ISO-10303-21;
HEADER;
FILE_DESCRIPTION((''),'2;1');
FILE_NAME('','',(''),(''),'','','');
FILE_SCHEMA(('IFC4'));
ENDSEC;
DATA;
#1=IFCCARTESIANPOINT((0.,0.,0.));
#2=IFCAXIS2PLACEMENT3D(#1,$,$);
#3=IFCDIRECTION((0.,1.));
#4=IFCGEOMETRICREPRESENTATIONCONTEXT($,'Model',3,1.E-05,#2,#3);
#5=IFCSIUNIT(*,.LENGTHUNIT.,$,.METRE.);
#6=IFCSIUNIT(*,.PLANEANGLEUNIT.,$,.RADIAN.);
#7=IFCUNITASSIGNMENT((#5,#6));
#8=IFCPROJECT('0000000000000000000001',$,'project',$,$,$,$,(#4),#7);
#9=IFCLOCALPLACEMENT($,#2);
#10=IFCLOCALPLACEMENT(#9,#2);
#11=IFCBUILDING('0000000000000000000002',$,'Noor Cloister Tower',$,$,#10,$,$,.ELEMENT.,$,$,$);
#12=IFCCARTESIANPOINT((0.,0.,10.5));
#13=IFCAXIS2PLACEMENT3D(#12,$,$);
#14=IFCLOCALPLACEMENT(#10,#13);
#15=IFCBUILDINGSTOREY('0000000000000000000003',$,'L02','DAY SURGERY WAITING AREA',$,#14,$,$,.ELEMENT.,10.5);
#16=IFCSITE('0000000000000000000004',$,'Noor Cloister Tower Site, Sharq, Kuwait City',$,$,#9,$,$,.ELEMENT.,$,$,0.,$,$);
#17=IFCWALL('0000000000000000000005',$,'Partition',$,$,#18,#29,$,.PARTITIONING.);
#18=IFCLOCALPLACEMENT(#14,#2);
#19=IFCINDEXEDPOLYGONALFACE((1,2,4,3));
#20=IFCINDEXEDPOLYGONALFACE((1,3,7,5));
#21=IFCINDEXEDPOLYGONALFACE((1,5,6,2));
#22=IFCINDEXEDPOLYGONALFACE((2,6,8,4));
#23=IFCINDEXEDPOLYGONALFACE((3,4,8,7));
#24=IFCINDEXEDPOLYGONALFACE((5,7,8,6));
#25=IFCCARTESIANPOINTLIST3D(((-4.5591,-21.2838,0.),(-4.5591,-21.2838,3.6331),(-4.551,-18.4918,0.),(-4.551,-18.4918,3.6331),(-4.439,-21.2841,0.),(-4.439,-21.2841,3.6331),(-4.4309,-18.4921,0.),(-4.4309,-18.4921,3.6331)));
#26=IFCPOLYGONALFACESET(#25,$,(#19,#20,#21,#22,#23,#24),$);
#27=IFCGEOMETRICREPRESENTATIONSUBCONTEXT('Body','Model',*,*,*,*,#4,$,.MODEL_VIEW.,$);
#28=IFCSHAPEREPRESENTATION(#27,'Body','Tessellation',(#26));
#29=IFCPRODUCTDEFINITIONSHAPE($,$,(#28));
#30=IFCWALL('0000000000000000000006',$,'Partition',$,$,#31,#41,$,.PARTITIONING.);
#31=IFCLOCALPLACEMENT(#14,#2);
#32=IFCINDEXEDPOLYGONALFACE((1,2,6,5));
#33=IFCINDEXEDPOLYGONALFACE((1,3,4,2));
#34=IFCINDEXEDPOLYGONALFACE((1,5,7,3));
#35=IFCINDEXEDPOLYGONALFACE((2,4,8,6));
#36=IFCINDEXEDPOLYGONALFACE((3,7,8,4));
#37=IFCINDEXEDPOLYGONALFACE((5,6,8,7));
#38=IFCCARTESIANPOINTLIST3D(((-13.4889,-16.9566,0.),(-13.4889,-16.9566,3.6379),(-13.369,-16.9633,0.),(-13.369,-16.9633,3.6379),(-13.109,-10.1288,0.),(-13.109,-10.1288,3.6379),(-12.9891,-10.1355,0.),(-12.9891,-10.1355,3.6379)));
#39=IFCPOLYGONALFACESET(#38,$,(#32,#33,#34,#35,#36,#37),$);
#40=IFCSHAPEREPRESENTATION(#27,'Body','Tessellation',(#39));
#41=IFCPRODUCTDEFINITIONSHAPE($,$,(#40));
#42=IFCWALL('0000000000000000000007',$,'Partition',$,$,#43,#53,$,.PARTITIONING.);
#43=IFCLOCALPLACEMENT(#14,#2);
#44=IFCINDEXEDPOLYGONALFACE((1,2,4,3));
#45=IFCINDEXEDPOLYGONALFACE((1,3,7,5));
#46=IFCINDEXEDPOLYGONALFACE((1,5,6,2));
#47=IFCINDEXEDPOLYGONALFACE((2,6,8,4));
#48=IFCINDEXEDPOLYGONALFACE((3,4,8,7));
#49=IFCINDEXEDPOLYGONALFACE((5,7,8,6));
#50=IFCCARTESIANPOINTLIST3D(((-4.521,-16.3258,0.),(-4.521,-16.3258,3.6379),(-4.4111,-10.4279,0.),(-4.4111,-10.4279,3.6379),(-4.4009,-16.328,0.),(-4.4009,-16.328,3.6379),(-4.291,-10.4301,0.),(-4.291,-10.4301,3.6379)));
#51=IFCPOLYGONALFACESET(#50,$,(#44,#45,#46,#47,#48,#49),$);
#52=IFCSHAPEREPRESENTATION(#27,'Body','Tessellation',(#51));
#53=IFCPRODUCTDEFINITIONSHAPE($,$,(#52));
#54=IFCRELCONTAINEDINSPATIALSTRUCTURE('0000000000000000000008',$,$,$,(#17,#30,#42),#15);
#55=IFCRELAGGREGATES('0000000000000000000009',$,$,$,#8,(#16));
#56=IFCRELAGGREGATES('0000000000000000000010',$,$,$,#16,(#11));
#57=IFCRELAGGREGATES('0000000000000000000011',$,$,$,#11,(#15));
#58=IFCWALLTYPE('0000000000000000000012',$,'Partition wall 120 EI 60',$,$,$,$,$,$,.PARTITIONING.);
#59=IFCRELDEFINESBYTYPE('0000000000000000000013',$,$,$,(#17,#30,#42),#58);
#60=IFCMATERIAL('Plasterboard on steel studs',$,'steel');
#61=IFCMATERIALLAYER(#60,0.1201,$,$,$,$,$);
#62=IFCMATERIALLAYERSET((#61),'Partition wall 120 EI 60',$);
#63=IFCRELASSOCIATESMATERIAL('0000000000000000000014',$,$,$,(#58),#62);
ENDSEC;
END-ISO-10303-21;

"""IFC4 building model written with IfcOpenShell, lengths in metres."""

from ifc_helpers import new_model, si_unit, direction, frame, frame_2d, origin, place, context, subcontext, project, spatial, rectangle, extrude, material, layer, layer_set, type_object, element, save


model = new_model("IFC4")

# Units and contexts
model_context = context("Model", 3, precision=1e-05, world=origin(), true_north=direction((0.0, 1.0)))
body_context = subcontext(model_context, "Body", "Model", "MODEL_VIEW")
ifc_project = project(units=[si_unit("LENGTHUNIT", "METRE"), si_unit("PLANEANGLEUNIT", "RADIAN")], contexts=[model_context])

# Site, building, storey
site_placement = place(None, origin())
site = spatial("IfcSite", under=ifc_project, at=site_placement, Name="Noor Cloister Tower Site, Sharq, Kuwait City", CompositionType="ELEMENT", RefElevation=0.0)
building_placement = place(site_placement, origin())
building = spatial("IfcBuilding", under=site, at=building_placement, Name="Noor Cloister Tower", CompositionType="ELEMENT")
storey_placement = place(building_placement, frame((0.0, 0.0, 10.5)))
storey = spatial("IfcBuildingStorey", under=building, at=storey_placement, Name="L02", Description="DAY SURGERY WAITING AREA", CompositionType="ELEMENT", Elevation=10.5)

# Walls
ifc_material_1 = material(Name="Plasterboard on steel studs", Category="steel")
ifc_layer_1 = layer(ifc_material_1, 0.1201)
ifc_layer_set_1 = layer_set([ifc_layer_1], Name="Partition wall 120 EI 60")
wall_type_1 = type_object("IfcWallType", Name="Partition wall 120 EI 60", PredefinedType="PARTITIONING", material=ifc_layer_set_1)
wall_1_placement = place(storey_placement, frame((-4.491, -18.4919, 0.0), z_axis=(0.0, 0.0, 1.0), x_axis=(-0.002886, -0.999996, 0.0)))
element("IfcWall", 1, at=wall_1_placement, inside=storey, type_object=wall_type_1, Name="Partition", PredefinedType="PARTITIONING", context=body_context, shape_type="SweptSolid", body=[
    extrude(rectangle(XDim=2.792, YDim=0.1201, at=frame_2d((1.396, 0.0))), origin(), (0.0, 0.0, 1.0), 3.6331),
])
wall_2_placement = place(storey_placement, frame((-13.429, -16.96, 0.0), z_axis=(0.0, 0.0, 1.0), x_axis=(0.055551, 0.998456, 0.0)))
element("IfcWall", 2, at=wall_2_placement, inside=storey, type_object=wall_type_1, Name="Partition", PredefinedType="PARTITIONING", context=body_context, shape_type="SweptSolid", body=[
    extrude(rectangle(XDim=6.8384, YDim=0.1201, at=frame_2d((3.4192, 0.0))), origin(), (0.0, 0.0, 1.0), 3.6379),
])
wall_3_placement = place(storey_placement, frame((-4.4609, -16.3269, 0.0), z_axis=(0.0, 0.0, 1.0), x_axis=(0.018624, 0.999827, 0.0)))
element("IfcWall", 3, at=wall_3_placement, inside=storey, type_object=wall_type_1, Name="Partition", PredefinedType="PARTITIONING", context=body_context, shape_type="SweptSolid", body=[
    extrude(rectangle(XDim=5.8989, YDim=0.1201, at=frame_2d((2.9495, 0.0))), origin(), (0.0, 0.0, 1.0), 3.6379),
])

save(model, "model.ifc")
